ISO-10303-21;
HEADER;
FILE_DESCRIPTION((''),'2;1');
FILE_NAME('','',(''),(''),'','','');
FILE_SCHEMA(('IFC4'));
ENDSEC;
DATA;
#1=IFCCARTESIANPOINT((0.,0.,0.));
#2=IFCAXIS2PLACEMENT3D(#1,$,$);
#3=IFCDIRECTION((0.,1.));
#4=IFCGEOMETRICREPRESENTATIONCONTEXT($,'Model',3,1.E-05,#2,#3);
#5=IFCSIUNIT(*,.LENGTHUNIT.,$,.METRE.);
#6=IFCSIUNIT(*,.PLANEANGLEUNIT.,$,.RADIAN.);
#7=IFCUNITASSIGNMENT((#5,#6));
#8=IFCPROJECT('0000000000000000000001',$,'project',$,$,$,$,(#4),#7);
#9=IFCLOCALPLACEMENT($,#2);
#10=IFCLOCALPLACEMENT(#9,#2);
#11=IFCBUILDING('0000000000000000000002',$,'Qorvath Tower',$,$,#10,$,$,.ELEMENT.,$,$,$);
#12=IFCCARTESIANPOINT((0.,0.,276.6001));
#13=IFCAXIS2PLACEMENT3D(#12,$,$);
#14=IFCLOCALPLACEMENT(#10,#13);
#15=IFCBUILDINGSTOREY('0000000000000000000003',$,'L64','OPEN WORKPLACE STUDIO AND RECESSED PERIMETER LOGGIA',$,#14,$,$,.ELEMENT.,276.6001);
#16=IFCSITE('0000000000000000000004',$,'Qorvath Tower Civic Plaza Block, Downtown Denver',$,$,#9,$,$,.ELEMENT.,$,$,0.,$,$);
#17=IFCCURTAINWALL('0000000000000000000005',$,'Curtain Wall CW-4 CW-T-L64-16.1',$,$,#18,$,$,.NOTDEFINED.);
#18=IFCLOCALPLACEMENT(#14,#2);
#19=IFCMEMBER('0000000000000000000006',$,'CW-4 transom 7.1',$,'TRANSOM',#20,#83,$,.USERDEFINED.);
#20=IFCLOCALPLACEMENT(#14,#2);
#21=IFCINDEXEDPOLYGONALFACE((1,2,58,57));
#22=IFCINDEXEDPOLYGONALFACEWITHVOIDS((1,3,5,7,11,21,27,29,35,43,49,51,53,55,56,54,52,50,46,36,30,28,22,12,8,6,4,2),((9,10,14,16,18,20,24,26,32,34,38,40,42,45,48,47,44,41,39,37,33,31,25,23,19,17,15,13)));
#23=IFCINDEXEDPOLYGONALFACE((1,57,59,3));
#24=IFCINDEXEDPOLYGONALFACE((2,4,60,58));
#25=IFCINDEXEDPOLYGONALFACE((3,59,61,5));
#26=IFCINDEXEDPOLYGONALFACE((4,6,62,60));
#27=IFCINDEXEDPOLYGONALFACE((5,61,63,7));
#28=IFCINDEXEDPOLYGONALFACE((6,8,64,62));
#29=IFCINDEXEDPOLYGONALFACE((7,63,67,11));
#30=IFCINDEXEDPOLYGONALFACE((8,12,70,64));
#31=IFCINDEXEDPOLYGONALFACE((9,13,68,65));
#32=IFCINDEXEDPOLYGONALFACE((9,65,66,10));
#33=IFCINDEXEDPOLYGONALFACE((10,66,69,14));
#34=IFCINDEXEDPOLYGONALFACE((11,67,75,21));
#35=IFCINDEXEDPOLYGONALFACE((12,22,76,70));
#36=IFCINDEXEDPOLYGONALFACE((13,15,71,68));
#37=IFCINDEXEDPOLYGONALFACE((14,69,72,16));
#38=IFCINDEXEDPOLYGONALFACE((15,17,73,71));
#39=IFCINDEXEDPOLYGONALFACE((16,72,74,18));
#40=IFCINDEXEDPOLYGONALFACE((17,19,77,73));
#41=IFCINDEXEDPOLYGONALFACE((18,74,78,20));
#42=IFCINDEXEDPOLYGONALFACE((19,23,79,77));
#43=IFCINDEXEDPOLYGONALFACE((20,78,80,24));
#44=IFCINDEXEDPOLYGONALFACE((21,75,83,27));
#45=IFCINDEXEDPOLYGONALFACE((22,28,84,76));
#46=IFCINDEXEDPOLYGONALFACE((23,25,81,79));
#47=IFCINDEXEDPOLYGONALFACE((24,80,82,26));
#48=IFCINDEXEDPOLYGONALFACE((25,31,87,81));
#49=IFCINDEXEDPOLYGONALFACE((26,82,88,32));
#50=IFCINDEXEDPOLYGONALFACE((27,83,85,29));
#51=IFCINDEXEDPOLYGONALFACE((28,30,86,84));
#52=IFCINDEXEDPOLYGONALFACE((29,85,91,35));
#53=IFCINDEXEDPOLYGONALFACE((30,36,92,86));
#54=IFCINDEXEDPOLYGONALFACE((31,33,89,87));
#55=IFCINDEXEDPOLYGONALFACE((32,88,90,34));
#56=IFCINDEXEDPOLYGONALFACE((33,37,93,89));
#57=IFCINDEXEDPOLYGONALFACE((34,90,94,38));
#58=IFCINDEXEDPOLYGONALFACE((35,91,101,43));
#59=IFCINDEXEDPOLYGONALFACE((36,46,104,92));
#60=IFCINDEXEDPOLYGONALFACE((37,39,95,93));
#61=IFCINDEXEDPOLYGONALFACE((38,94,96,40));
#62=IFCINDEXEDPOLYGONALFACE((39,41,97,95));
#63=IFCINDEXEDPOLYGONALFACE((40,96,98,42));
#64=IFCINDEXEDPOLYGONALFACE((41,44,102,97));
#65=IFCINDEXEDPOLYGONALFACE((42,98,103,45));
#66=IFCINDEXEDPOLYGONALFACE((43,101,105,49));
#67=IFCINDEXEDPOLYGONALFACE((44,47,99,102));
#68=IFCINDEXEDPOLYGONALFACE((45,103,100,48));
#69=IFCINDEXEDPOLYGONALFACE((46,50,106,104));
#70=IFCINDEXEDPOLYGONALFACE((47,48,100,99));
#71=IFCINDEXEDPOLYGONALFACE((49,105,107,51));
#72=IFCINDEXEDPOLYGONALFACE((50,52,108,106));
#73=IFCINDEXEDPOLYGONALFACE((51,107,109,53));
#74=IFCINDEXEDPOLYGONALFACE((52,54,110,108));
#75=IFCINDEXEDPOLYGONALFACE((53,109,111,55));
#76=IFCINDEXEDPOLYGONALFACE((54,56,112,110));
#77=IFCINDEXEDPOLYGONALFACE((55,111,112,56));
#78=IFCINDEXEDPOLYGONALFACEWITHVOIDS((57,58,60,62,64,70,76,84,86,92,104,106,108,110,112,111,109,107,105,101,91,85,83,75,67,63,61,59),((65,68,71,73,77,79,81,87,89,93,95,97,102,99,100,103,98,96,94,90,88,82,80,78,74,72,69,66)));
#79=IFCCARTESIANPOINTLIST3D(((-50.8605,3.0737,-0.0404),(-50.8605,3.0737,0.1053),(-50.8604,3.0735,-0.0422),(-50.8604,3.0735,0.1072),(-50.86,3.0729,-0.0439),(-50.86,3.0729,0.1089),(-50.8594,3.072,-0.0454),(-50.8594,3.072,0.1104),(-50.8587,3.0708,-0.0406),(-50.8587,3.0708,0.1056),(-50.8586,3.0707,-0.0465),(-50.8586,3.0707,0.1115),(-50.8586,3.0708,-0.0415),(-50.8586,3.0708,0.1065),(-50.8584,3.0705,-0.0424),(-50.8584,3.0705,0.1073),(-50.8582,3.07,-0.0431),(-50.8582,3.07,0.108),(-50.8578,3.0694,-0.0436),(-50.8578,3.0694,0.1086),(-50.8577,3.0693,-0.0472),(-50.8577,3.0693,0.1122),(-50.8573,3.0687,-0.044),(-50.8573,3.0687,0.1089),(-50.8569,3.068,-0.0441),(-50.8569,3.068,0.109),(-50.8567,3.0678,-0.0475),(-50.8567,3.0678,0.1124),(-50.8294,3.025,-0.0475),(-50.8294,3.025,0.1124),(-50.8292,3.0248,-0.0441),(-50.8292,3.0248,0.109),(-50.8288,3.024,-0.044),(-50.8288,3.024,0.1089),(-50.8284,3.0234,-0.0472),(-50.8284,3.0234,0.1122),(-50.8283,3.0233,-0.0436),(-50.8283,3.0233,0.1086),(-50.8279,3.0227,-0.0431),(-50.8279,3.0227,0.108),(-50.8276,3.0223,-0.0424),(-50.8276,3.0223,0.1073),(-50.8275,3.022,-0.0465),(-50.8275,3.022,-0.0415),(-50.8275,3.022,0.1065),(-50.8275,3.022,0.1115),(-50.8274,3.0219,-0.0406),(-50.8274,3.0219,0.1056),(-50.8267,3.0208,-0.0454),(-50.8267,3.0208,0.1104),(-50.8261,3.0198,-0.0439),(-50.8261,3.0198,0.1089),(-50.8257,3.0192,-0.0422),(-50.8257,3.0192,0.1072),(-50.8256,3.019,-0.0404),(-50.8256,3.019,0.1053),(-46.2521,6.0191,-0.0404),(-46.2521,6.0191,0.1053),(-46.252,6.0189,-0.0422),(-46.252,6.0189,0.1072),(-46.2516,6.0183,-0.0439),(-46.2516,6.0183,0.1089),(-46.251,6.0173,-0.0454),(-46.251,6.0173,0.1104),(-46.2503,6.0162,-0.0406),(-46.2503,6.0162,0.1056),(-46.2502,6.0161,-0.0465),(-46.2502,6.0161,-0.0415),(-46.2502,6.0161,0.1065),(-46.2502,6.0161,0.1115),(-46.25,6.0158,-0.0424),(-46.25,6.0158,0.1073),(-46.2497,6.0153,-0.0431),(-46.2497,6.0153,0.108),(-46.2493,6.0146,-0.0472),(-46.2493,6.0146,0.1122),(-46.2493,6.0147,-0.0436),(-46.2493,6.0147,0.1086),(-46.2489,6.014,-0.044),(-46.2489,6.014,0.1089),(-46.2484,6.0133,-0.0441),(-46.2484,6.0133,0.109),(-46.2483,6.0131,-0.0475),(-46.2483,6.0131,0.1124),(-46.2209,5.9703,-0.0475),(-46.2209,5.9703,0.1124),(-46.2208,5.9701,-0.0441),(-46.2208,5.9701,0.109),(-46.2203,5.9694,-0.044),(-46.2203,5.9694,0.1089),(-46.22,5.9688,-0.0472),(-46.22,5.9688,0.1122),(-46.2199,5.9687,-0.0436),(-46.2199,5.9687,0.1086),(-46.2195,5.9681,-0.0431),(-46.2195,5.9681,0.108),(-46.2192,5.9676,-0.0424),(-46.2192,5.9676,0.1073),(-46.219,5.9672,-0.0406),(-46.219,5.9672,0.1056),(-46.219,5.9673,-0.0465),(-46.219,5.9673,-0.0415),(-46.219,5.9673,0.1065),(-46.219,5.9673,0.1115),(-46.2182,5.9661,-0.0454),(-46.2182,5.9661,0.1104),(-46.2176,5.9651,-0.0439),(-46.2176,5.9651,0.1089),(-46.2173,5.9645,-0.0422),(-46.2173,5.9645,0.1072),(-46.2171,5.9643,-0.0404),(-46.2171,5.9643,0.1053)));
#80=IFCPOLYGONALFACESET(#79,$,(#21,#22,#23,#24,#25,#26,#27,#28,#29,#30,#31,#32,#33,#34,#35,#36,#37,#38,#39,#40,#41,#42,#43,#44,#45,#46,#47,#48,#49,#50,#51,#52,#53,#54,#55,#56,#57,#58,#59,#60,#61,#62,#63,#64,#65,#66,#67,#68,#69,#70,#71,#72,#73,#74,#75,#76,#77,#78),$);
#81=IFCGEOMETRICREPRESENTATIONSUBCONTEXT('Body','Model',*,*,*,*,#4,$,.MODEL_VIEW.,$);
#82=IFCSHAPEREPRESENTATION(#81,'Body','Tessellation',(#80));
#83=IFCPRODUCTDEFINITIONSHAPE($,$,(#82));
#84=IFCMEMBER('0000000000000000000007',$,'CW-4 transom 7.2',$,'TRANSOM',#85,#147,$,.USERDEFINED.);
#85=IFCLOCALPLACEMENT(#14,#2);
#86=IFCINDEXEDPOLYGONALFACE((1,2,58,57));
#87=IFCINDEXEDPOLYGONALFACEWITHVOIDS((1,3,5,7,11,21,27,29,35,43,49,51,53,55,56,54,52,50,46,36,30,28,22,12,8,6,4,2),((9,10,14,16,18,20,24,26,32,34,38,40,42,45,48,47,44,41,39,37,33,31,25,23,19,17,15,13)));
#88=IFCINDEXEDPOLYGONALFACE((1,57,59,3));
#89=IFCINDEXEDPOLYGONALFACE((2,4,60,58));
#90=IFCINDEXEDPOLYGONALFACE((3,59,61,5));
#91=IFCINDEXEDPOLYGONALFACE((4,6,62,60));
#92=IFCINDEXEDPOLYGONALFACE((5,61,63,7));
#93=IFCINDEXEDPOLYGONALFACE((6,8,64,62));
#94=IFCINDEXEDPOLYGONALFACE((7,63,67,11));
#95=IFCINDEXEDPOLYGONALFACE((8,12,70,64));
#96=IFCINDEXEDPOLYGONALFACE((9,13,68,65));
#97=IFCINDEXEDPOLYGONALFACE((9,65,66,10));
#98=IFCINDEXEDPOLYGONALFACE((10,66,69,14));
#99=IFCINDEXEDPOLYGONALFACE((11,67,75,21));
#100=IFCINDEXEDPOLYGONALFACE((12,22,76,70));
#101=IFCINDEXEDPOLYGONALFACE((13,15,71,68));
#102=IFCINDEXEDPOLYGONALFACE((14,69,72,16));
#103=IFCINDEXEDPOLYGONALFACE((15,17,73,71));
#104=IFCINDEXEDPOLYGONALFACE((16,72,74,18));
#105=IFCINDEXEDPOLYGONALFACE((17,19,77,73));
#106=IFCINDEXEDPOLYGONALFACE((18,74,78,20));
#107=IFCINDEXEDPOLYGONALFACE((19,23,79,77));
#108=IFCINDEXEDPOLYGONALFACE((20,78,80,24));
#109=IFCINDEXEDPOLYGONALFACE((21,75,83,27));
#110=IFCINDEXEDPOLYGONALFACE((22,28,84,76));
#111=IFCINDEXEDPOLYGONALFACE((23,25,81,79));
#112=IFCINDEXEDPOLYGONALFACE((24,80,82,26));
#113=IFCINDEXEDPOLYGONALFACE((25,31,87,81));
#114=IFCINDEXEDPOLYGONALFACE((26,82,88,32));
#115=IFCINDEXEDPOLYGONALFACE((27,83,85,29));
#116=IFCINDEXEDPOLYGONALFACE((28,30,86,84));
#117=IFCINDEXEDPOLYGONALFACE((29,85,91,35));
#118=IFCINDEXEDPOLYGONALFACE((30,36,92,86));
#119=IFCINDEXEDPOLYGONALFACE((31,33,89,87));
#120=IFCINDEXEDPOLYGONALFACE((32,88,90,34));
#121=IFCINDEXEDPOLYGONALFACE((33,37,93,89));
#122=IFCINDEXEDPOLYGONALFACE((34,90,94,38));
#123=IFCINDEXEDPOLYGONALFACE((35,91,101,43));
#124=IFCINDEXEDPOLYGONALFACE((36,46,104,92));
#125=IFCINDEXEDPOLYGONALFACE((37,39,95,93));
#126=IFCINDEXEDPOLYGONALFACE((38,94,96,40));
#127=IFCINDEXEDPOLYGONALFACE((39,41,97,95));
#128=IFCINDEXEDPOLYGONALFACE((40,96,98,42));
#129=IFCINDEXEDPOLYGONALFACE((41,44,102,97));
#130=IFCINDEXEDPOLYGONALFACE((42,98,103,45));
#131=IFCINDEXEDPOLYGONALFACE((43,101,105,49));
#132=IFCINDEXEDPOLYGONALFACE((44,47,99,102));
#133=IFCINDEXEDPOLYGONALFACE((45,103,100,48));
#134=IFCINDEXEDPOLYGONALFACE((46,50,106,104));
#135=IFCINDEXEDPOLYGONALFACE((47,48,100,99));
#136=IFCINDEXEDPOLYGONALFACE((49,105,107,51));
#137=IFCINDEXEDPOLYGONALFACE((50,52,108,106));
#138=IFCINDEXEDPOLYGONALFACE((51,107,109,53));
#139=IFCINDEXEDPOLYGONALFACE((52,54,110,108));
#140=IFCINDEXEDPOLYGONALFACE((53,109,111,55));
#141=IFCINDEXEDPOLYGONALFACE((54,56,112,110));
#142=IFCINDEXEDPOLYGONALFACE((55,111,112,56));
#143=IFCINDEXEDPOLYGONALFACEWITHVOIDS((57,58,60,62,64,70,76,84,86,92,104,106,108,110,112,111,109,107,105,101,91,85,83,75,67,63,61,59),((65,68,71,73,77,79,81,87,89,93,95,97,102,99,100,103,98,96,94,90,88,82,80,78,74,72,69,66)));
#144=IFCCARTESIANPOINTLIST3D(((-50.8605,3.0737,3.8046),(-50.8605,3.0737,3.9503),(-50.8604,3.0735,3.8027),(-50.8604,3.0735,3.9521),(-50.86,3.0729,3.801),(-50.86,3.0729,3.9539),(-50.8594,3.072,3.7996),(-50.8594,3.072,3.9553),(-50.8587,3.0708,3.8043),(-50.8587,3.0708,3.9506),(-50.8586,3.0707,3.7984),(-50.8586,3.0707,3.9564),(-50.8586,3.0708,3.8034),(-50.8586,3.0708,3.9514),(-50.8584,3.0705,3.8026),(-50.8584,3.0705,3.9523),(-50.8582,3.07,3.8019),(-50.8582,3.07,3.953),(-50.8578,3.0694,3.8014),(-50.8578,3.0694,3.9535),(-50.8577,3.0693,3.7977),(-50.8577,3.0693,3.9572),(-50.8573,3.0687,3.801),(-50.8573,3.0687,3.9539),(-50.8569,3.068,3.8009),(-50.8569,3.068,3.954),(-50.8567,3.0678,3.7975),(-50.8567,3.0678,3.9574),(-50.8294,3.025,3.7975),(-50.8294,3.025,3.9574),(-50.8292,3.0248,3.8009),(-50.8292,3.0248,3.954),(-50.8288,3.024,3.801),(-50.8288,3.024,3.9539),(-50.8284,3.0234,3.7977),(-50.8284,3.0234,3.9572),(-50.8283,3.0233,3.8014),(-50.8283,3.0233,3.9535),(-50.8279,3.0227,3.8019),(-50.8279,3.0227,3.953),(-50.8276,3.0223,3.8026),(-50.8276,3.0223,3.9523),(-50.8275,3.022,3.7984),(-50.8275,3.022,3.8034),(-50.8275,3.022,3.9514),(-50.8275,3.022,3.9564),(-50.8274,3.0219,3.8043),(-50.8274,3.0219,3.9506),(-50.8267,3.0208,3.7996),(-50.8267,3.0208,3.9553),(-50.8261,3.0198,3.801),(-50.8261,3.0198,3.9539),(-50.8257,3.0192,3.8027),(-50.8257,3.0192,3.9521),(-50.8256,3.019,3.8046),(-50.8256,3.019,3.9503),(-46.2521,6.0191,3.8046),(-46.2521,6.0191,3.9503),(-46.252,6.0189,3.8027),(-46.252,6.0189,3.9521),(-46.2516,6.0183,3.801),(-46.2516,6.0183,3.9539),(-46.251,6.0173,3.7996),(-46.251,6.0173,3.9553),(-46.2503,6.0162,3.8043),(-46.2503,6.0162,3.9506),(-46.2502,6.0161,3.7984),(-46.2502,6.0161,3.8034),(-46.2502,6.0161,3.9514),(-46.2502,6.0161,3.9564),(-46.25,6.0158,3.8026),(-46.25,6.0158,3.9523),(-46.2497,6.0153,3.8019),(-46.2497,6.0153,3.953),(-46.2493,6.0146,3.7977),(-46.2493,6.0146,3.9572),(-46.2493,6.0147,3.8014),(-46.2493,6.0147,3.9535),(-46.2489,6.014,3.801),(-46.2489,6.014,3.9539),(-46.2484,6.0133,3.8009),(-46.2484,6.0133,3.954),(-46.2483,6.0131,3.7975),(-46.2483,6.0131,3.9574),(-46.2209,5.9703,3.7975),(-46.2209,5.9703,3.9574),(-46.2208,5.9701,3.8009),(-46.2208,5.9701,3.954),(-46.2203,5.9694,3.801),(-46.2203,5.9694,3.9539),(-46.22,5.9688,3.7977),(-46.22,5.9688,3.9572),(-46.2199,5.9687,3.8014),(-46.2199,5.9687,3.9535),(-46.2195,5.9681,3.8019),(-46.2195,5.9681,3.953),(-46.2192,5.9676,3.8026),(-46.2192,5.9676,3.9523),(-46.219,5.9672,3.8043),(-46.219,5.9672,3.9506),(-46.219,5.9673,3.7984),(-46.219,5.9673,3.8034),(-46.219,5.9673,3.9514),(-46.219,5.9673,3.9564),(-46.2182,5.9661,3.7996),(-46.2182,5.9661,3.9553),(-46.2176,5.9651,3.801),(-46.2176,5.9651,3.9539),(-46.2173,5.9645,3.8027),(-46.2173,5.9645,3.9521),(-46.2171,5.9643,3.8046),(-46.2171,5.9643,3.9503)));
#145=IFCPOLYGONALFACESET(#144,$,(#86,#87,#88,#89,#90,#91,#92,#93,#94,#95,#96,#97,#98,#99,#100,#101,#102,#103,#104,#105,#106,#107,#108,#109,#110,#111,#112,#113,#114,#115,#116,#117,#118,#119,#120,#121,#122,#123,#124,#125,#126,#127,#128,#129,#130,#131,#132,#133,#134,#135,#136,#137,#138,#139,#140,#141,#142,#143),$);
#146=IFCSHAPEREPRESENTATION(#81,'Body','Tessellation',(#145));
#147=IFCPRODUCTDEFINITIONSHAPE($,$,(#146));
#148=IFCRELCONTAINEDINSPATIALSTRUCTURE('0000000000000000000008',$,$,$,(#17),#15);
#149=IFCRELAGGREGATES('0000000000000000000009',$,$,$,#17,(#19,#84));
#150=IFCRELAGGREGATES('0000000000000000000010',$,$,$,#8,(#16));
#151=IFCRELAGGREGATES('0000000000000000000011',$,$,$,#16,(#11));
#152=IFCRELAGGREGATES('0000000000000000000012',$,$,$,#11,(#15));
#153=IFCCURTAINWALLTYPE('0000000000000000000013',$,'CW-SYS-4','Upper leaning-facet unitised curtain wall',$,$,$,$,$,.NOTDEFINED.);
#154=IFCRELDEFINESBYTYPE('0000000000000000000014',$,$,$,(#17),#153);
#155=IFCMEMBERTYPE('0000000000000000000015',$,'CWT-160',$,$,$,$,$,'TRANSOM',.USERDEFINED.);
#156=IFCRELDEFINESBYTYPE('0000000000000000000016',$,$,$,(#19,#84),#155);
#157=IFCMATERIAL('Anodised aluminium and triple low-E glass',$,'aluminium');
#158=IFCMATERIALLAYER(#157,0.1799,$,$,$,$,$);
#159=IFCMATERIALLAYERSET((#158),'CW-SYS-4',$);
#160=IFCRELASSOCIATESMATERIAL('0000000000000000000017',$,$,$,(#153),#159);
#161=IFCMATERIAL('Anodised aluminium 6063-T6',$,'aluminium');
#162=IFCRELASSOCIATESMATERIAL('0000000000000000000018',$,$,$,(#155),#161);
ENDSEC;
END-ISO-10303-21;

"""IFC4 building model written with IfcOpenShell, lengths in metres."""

from ifc_helpers import new_model, si_unit, direction, frame, origin, origin_2d, place, context, subcontext, project, spatial, hollow_rectangle, extrude, material, layer, layer_set, material_profile, profile_set, type_object, element, aggregate, save


model = new_model("IFC4")

# Units and contexts
model_context = context("Model", 3, precision=1e-05, world=origin(), true_north=direction((0.0, 1.0)))
body_context = subcontext(model_context, "Body", "Model", "MODEL_VIEW")
ifc_project = project(units=[si_unit("LENGTHUNIT", "METRE"), si_unit("PLANEANGLEUNIT", "RADIAN")], contexts=[model_context])

# Site, building, storey
site_placement = place(None, origin())
site = spatial("IfcSite", under=ifc_project, at=site_placement, Name="Qorvath Tower Civic Plaza Block, Downtown Denver", CompositionType="ELEMENT", RefElevation=0.0)
building_placement = place(site_placement, origin())
building = spatial("IfcBuilding", under=site, at=building_placement, Name="Qorvath Tower", CompositionType="ELEMENT")
storey_placement = place(building_placement, frame((0.0, 0.0, 276.6001)))
storey = spatial("IfcBuildingStorey", under=building, at=storey_placement, Name="L64", Description="OPEN WORKPLACE STUDIO AND RECESSED PERIMETER LOGGIA", CompositionType="ELEMENT", Elevation=276.6001)

# Curtain wall, members
ifc_material_1 = material(Name="Anodised aluminium and triple low-E glass", Category="aluminium")
ifc_layer_1 = layer(ifc_material_1, 0.1799)
ifc_layer_set_1 = layer_set([ifc_layer_1], Name="CW-SYS-4")
curtain_wall_type = type_object("IfcCurtainWallType", Name="CW-SYS-4", Description="Upper leaning-facet unitised curtain wall", PredefinedType="NOTDEFINED", material=ifc_layer_set_1)
curtain_wall_placement = place(storey_placement, origin())
curtain_wall = element("IfcCurtainWall", 1, at=curtain_wall_placement, inside=storey, type_object=curtain_wall_type, Name="Curtain Wall CW-4 CW-T-L64-16.1", PredefinedType="NOTDEFINED")
ifc_material_2 = material(Name="Anodised aluminium 6063-T6", Category="aluminium")
ifc_material_profile_1 = material_profile(ifc_material_2, hollow_rectangle(XDim=0.0649, YDim=0.1599, WallThickness=0.0034, InnerFilletRadius=0.0034, OuterFilletRadius=0.0071, at=origin_2d()), Name="CWT 160x65")
ifc_profile_set_1 = profile_set([ifc_material_profile_1], Name="Anodised aluminium 6063-T6")
member_type_1 = type_object("IfcMemberType", Name="CWT-160", ElementType="TRANSOM", PredefinedType="USERDEFINED", material=ifc_profile_set_1)
member_1_placement = place(storey_placement, frame((-46.2346, 5.9917, 0.0325), z_axis=(-0.842608, -0.538527, 0.0), x_axis=(0.538527, -0.842608, 0.0)))
member_1 = element("IfcMember", 2, at=member_1_placement, type_object=member_type_1, Name="CW-4 transom 7.1", ObjectType="TRANSOM", PredefinedType="USERDEFINED", context=body_context, shape_type="SweptSolid", body=[
    extrude(hollow_rectangle(XDim=0.0649, YDim=0.1599, WallThickness=0.0034, InnerFilletRadius=0.0034, OuterFilletRadius=0.0071, at=origin_2d()), origin(), (0.0, 0.0, 1.0), 5.4692),
])
member_2_placement = place(storey_placement, frame((-46.2346, 5.9917, 3.8774), z_axis=(-0.842608, -0.538527, 0.0), x_axis=(0.538527, -0.842608, 0.0)))
member_2 = element("IfcMember", 3, at=member_2_placement, type_object=member_type_1, Name="CW-4 transom 7.2", ObjectType="TRANSOM", PredefinedType="USERDEFINED", context=body_context, shape_type="SweptSolid", body=[
    extrude(hollow_rectangle(XDim=0.0649, YDim=0.1599, WallThickness=0.0034, InnerFilletRadius=0.0034, OuterFilletRadius=0.0071, at=origin_2d()), origin(), (0.0, 0.0, 1.0), 5.4692),
])

aggregate(curtain_wall, [member_1, member_2])

save(model, "model.ifc")
